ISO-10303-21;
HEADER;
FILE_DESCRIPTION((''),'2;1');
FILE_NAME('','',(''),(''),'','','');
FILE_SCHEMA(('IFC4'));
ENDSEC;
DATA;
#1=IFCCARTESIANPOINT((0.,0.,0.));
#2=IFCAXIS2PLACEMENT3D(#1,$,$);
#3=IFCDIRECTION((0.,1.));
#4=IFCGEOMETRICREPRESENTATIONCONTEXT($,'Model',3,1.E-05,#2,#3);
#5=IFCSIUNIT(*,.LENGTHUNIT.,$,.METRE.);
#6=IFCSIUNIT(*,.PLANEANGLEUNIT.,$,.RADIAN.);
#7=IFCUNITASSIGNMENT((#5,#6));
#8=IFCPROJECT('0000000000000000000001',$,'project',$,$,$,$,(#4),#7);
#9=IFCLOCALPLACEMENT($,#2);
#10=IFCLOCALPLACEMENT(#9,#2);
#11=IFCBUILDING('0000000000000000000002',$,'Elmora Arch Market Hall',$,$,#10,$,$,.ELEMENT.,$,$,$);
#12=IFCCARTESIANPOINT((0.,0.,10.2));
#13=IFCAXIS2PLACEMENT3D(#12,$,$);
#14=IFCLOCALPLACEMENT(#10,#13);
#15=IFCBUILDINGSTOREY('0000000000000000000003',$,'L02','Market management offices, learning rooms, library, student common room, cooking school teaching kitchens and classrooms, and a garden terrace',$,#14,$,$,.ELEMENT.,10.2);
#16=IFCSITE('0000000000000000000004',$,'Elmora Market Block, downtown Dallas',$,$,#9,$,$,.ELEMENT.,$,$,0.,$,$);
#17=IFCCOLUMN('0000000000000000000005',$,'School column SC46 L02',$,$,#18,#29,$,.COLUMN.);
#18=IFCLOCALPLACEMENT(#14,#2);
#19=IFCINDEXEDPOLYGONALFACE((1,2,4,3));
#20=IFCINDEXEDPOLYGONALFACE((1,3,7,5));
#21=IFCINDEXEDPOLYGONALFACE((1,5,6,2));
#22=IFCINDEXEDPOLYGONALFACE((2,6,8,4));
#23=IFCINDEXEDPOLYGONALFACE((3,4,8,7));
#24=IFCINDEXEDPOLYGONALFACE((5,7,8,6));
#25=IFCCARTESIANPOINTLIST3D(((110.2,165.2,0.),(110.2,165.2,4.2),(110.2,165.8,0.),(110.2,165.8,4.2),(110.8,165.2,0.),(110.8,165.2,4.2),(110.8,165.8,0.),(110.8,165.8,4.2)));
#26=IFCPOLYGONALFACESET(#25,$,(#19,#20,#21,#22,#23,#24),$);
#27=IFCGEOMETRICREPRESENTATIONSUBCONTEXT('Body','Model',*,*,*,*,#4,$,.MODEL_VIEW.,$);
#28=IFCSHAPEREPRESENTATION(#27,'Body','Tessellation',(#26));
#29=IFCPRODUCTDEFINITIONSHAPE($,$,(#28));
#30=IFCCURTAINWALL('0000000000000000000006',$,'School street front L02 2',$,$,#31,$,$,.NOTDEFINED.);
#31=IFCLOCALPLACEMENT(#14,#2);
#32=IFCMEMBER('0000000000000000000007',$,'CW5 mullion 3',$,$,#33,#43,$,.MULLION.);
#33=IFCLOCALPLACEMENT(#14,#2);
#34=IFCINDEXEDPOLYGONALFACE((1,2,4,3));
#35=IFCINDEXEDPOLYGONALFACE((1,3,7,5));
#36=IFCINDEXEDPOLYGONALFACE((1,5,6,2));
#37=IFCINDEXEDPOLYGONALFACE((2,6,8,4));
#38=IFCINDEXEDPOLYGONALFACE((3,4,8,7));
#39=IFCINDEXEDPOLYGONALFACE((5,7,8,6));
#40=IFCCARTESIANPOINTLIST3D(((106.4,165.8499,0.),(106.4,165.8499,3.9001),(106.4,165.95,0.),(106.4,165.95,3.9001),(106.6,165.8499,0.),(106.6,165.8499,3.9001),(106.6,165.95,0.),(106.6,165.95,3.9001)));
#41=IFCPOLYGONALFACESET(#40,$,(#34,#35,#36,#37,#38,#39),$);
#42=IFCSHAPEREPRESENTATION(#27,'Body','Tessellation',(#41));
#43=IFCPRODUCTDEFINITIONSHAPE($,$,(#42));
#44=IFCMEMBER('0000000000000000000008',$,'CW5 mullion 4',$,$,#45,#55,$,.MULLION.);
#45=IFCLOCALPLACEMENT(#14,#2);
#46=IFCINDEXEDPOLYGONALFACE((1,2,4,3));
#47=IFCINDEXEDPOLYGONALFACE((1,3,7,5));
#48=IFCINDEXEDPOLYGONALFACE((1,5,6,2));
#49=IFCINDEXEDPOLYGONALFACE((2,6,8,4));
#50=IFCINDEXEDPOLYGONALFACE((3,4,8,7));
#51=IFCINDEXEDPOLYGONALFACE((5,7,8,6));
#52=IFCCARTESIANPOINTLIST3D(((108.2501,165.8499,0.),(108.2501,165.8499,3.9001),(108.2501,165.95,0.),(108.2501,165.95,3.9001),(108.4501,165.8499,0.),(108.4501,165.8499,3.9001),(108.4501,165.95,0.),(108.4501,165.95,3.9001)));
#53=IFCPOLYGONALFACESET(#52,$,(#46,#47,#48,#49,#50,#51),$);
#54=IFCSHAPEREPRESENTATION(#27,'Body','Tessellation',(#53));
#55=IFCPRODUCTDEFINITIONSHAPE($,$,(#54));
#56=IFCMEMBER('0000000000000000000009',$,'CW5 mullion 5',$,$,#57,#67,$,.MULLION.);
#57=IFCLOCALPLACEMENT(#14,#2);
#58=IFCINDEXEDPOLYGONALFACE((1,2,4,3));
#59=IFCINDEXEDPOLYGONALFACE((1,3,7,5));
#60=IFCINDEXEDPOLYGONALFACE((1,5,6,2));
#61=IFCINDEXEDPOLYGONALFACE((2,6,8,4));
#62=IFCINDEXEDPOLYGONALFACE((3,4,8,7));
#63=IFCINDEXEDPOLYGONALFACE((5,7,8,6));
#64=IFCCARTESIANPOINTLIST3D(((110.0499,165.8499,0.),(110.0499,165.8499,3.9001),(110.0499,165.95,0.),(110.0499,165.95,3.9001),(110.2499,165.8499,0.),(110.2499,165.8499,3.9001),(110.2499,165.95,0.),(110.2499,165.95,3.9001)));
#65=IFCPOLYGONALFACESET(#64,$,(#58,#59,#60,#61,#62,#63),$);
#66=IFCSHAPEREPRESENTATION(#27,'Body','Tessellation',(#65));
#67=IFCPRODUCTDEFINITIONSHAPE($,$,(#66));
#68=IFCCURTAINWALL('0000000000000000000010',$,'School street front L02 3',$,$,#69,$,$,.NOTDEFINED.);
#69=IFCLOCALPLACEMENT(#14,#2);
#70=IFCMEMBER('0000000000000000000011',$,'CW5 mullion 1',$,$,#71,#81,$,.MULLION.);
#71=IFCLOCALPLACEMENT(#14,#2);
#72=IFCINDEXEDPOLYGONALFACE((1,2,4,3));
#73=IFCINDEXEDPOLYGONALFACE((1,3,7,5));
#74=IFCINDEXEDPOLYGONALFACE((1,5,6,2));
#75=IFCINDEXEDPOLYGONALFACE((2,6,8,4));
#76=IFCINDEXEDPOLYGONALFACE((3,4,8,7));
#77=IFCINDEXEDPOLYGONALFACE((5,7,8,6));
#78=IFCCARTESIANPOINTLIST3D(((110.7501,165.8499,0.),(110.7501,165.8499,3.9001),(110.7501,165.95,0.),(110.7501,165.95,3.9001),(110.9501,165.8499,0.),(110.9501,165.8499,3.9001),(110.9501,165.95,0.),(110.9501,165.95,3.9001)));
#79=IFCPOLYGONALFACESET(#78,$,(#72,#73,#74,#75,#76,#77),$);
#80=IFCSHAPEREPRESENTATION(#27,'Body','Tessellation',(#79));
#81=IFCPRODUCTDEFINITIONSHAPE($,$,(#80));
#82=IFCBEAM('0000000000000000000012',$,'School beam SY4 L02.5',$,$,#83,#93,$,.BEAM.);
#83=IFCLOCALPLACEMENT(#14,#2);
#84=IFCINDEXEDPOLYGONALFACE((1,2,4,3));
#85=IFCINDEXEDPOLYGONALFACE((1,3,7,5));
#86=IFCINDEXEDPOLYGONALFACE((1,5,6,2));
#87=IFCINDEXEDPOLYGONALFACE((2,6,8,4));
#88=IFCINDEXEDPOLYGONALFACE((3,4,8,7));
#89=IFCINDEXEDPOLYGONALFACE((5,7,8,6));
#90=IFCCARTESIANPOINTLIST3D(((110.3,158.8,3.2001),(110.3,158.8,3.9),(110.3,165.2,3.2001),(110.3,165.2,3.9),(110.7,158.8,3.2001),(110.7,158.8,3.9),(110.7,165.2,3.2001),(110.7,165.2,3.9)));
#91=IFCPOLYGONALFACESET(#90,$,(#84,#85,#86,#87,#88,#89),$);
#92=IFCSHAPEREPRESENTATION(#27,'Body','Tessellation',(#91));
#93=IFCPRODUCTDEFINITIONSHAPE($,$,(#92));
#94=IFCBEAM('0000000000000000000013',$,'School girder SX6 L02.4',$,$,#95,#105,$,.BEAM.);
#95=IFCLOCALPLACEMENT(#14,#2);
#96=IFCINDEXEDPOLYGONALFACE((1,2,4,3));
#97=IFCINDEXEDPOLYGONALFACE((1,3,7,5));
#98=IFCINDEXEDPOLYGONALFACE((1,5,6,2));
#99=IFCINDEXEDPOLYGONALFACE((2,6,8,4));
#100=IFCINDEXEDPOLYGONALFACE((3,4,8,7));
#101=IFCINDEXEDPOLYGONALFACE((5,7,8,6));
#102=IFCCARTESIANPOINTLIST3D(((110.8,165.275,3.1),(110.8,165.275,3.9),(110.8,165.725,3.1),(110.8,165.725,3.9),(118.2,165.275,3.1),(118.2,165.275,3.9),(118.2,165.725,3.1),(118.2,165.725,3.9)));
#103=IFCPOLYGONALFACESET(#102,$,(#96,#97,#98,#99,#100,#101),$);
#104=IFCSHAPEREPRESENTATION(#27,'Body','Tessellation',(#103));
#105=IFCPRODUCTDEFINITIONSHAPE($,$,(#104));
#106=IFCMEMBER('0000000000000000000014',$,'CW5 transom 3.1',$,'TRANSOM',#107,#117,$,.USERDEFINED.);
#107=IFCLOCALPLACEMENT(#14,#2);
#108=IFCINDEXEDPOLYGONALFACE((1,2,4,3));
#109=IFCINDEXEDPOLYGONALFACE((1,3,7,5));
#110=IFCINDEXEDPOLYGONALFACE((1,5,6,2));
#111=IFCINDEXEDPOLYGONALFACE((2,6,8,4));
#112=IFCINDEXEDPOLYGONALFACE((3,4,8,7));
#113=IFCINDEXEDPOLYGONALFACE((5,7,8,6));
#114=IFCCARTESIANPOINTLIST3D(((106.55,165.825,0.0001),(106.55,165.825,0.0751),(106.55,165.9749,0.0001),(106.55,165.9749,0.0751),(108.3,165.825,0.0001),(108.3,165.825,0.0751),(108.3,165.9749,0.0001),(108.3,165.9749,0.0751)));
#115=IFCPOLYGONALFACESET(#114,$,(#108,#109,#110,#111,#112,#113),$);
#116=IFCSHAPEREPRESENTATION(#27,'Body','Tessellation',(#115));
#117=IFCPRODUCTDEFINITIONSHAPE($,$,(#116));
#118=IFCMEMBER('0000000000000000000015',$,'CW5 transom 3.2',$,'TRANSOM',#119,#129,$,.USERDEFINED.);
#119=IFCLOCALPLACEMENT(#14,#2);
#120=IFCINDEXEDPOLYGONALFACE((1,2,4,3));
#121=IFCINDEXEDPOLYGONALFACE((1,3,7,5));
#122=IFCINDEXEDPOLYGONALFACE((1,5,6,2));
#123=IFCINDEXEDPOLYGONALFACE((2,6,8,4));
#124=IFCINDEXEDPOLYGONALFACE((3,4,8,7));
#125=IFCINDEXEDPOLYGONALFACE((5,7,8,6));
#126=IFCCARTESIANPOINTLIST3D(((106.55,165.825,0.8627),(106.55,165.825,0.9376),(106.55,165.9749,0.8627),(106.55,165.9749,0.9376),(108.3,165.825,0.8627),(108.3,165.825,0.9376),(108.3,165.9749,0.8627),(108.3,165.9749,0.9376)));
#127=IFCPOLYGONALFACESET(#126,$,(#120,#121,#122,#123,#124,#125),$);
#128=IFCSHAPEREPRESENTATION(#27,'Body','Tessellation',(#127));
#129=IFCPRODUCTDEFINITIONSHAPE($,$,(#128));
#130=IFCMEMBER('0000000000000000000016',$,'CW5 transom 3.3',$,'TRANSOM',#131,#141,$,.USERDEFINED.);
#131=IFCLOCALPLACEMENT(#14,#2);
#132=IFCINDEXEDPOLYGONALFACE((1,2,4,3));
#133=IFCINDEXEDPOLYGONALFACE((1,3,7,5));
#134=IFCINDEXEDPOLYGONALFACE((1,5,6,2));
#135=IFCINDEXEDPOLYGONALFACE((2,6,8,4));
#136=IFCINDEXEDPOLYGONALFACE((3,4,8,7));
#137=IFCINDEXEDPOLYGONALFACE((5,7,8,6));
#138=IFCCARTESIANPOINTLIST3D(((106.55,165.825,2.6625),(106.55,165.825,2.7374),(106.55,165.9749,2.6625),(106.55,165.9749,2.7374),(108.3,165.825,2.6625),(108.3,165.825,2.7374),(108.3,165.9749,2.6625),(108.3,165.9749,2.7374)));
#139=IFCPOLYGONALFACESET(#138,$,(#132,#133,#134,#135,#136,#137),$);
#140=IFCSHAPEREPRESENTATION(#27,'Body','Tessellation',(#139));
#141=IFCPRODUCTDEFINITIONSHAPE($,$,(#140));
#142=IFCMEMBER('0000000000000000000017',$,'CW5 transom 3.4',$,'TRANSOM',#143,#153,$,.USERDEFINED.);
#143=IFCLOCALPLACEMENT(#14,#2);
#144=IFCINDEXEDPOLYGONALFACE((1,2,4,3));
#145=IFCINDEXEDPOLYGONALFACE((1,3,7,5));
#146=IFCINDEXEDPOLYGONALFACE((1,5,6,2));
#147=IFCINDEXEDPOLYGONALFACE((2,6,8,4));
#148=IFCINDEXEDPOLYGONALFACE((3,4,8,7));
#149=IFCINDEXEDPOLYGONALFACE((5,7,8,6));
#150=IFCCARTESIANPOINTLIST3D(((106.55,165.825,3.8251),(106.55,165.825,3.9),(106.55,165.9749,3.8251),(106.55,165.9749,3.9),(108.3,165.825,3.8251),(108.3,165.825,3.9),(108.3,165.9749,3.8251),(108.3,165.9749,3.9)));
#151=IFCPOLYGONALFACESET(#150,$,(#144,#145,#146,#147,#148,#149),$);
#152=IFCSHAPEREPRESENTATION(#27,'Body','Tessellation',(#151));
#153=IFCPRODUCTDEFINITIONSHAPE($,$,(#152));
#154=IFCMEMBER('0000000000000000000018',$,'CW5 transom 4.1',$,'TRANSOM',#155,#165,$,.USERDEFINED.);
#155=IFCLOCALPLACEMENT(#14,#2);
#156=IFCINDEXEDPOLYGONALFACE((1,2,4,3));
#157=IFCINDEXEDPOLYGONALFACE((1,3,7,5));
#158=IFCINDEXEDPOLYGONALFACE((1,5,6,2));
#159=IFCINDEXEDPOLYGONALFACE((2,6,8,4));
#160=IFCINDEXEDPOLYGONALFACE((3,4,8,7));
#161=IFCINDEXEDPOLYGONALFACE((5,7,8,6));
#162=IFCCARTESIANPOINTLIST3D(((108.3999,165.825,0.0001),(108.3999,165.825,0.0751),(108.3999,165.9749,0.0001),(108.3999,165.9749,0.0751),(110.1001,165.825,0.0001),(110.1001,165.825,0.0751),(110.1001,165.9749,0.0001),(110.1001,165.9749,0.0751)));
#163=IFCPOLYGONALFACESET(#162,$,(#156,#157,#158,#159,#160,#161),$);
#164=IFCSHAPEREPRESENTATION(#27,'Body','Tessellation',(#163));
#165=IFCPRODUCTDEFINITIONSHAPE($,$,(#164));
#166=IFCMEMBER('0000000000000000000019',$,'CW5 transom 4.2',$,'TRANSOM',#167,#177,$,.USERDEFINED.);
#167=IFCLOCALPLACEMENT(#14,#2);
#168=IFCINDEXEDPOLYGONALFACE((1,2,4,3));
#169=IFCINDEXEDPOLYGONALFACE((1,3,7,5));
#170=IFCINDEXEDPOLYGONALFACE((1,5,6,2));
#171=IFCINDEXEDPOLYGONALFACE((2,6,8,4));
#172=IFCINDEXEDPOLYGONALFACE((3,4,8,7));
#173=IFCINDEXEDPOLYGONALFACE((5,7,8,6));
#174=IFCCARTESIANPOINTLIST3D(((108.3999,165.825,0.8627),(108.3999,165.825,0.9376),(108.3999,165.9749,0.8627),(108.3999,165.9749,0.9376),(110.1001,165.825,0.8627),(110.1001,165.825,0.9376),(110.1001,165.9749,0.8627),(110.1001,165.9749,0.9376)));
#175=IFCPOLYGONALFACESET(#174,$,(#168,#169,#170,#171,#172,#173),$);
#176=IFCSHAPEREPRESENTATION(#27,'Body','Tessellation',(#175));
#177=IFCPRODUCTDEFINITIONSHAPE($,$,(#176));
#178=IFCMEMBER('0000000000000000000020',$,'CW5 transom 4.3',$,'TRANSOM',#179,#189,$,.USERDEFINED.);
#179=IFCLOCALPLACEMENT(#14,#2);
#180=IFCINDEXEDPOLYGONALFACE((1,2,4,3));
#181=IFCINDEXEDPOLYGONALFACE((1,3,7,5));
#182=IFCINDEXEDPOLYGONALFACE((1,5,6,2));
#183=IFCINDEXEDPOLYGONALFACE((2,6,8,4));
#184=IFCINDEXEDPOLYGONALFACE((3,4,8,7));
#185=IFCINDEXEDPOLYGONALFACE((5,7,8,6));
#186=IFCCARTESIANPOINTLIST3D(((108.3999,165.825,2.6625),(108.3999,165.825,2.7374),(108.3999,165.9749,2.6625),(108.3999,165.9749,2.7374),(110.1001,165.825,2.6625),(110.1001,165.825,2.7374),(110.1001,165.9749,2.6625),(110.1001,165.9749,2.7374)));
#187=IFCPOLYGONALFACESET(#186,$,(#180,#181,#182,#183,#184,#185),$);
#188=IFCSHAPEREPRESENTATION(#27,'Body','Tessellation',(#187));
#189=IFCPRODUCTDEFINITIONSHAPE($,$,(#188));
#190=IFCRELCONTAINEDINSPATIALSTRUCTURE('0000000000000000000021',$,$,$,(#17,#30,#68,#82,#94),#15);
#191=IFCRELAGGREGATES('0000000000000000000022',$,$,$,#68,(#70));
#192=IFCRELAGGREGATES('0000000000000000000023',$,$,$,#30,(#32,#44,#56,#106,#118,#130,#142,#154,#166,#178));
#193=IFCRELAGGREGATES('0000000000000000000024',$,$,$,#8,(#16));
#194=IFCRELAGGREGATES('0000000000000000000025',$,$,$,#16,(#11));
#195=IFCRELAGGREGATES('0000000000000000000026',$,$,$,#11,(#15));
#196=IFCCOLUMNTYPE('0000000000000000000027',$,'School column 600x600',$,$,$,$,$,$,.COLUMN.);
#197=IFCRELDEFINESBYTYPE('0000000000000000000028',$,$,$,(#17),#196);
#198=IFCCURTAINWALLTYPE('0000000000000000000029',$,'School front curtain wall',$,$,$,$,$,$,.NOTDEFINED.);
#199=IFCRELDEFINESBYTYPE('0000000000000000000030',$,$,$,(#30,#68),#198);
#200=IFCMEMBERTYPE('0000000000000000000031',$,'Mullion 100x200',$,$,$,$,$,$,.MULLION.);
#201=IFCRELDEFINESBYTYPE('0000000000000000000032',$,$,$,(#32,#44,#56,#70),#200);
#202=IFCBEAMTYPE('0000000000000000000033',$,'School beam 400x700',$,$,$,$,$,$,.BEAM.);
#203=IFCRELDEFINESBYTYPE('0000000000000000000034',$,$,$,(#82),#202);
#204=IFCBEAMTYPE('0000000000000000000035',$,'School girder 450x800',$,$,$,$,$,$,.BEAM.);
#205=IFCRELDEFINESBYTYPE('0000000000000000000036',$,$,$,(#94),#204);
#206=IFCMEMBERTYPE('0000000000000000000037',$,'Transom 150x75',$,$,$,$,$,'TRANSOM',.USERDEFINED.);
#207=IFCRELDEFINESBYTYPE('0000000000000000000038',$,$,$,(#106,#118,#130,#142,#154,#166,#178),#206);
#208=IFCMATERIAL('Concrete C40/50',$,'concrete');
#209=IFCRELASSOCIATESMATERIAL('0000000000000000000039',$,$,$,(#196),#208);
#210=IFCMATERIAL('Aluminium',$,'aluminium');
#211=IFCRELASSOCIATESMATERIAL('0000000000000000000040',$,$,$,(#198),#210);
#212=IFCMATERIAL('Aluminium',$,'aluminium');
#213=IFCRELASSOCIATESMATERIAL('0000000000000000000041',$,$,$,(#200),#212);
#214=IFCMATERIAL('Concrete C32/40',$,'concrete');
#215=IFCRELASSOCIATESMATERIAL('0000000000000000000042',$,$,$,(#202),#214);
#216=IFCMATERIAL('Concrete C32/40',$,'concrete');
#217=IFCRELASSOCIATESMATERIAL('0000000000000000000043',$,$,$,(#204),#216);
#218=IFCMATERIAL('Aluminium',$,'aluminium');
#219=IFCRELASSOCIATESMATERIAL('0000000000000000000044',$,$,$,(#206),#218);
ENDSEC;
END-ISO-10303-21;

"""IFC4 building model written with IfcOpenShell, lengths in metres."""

from ifc_helpers import new_model, si_unit, direction, frame, origin, origin_2d, place, context, subcontext, project, spatial, rectangle, extrude, material, material_profile, profile_set, type_object, element, aggregate, save


model = new_model("IFC4")

# Units and contexts
model_context = context("Model", 3, precision=1e-05, world=origin(), true_north=direction((0.0, 1.0)))
body_context = subcontext(model_context, "Body", "Model", "MODEL_VIEW")
ifc_project = project(units=[si_unit("LENGTHUNIT", "METRE"), si_unit("PLANEANGLEUNIT", "RADIAN")], contexts=[model_context])

# Site, building, storey
site_placement = place(None, origin())
site = spatial("IfcSite", under=ifc_project, at=site_placement, Name="Elmora Market Block, downtown Dallas", CompositionType="ELEMENT", RefElevation=0.0)
building_placement = place(site_placement, origin())
building = spatial("IfcBuilding", under=site, at=building_placement, Name="Elmora Arch Market Hall", CompositionType="ELEMENT")
storey_placement = place(building_placement, frame((0.0, 0.0, 10.2)))
storey = spatial("IfcBuildingStorey", under=building, at=storey_placement, Name="L02", Description="Market management offices, learning rooms, library, student common room, cooking school teaching kitchens and classrooms, and a garden terrace", CompositionType="ELEMENT", Elevation=10.2)

# Column
ifc_material_1 = material(Name="Concrete C40/50", Category="concrete")
ifc_material_profile_1 = material_profile(ifc_material_1, rectangle(XDim=0.6001, YDim=0.6001, at=origin_2d()), Name="School column 600x600")
ifc_profile_set_1 = profile_set([ifc_material_profile_1], Name="Concrete C40/50")
column_type = type_object("IfcColumnType", Name="School column 600x600", PredefinedType="COLUMN", material=ifc_profile_set_1)
column_placement = place(storey_placement, frame((110.5, 165.5, 0.0), z_axis=(0.0, 0.0, 1.0), x_axis=(1.0, 0.0, 0.0)))
element("IfcColumn", 1, at=column_placement, inside=storey, type_object=column_type, Name="School column SC46 L02", PredefinedType="COLUMN", context=body_context, shape_type="SweptSolid", body=[
    extrude(rectangle(XDim=0.6001, YDim=0.6001, at=origin_2d()), origin(), (0.0, 0.0, 1.0), 4.2),
])

# Curtain wall, members
ifc_material_2 = material(Name="Aluminium", Category="aluminium")
curtain_wall_type = type_object("IfcCurtainWallType", Name="School front curtain wall", PredefinedType="NOTDEFINED", material=ifc_material_2)
curtain_wall_1_placement = place(storey_placement, origin())
curtain_wall_1 = element("IfcCurtainWall", 2, at=curtain_wall_1_placement, inside=storey, type_object=curtain_wall_type, Name="School street front L02 2", PredefinedType="NOTDEFINED")
ifc_material_3 = material(Name="Aluminium", Category="aluminium")
ifc_material_profile_2 = material_profile(ifc_material_3, rectangle(XDim=0.1001, YDim=0.2, at=origin_2d()), Name="AL 100x200")
ifc_profile_set_2 = profile_set([ifc_material_profile_2], Name="Aluminium")
member_type_1 = type_object("IfcMemberType", Name="Mullion 100x200", PredefinedType="MULLION", material=ifc_profile_set_2)
member_1_placement = place(storey_placement, frame((106.5, 165.8999, 0.0), z_axis=(0.0, 0.0, 1.0), x_axis=(0.0, 1.0, 0.0)))
member_1 = element("IfcMember", 3, at=member_1_placement, type_object=member_type_1, Name="CW5 mullion 3", PredefinedType="MULLION", context=body_context, shape_type="SweptSolid", body=[
    extrude(rectangle(XDim=0.1001, YDim=0.2, at=origin_2d()), origin(), (0.0, 0.0, 1.0), 3.9001),
])
member_2_placement = place(storey_placement, frame((108.3501, 165.8999, 0.0), z_axis=(0.0, 0.0, 1.0), x_axis=(0.0, 1.0, 0.0)))
member_2 = element("IfcMember", 4, at=member_2_placement, type_object=member_type_1, Name="CW5 mullion 4", PredefinedType="MULLION", context=body_context, shape_type="SweptSolid", body=[
    extrude(rectangle(XDim=0.1001, YDim=0.2, at=origin_2d()), origin(), (0.0, 0.0, 1.0), 3.9001),
])
member_3_placement = place(storey_placement, frame((110.1499, 165.8999, 0.0), z_axis=(0.0, 0.0, 1.0), x_axis=(0.0, 1.0, 0.0)))
member_3 = element("IfcMember", 5, at=member_3_placement, type_object=member_type_1, Name="CW5 mullion 5", PredefinedType="MULLION", context=body_context, shape_type="SweptSolid", body=[
    extrude(rectangle(XDim=0.1001, YDim=0.2, at=origin_2d()), origin(), (0.0, 0.0, 1.0), 3.9001),
])

# Curtain wall, member
curtain_wall_2_placement = place(storey_placement, origin())
curtain_wall_2 = element("IfcCurtainWall", 6, at=curtain_wall_2_placement, inside=storey, type_object=curtain_wall_type, Name="School street front L02 3", PredefinedType="NOTDEFINED")
member_4_placement = place(storey_placement, frame((110.8501, 165.8999, 0.0), z_axis=(0.0, 0.0, 1.0), x_axis=(0.0, 1.0, 0.0)))
member_4 = element("IfcMember", 7, at=member_4_placement, type_object=member_type_1, Name="CW5 mullion 1", PredefinedType="MULLION", context=body_context, shape_type="SweptSolid", body=[
    extrude(rectangle(XDim=0.1001, YDim=0.2, at=origin_2d()), origin(), (0.0, 0.0, 1.0), 3.9001),
])

# Beams
ifc_material_4 = material(Name="Concrete C32/40", Category="concrete")
ifc_material_profile_3 = material_profile(ifc_material_4, rectangle(XDim=0.3999, YDim=0.7, at=origin_2d()), Name="School beam 400x700")
ifc_profile_set_3 = profile_set([ifc_material_profile_3], Name="Concrete C32/40")
beam_type_1 = type_object("IfcBeamType", Name="School beam 400x700", PredefinedType="BEAM", material=ifc_profile_set_3)
beam_1_placement = place(storey_placement, frame((110.5, 158.8, 3.55), z_axis=(0.0, 1.0, 0.0), x_axis=(-1.0, 0.0, 0.0)))
element("IfcBeam", 8, at=beam_1_placement, inside=storey, type_object=beam_type_1, Name="School beam SY4 L02.5", PredefinedType="BEAM", context=body_context, shape_type="SweptSolid", body=[
    extrude(rectangle(XDim=0.3999, YDim=0.7, at=origin_2d()), origin(), (0.0, 0.0, 1.0), 6.3999),
])
ifc_material_5 = material(Name="Concrete C32/40", Category="concrete")
ifc_material_profile_4 = material_profile(ifc_material_5, rectangle(XDim=0.45, YDim=0.8, at=origin_2d()), Name="School girder 450x800")
ifc_profile_set_4 = profile_set([ifc_material_profile_4], Name="Concrete C32/40")
beam_type_2 = type_object("IfcBeamType", Name="School girder 450x800", PredefinedType="BEAM", material=ifc_profile_set_4)
beam_2_placement = place(storey_placement, frame((110.8, 165.5, 3.5), z_axis=(1.0, 0.0, 0.0), x_axis=(0.0, 1.0, 0.0)))
element("IfcBeam", 9, at=beam_2_placement, inside=storey, type_object=beam_type_2, Name="School girder SX6 L02.4", PredefinedType="BEAM", context=body_context, shape_type="SweptSolid", body=[
    extrude(rectangle(XDim=0.45, YDim=0.8, at=origin_2d()), origin(), (0.0, 0.0, 1.0), 7.3999),
])

# Members
ifc_material_6 = material(Name="Aluminium", Category="aluminium")
ifc_material_profile_5 = material_profile(ifc_material_6, rectangle(XDim=0.1499, YDim=0.075, at=origin_2d()), Name="AL 150x75")
ifc_profile_set_5 = profile_set([ifc_material_profile_5], Name="Aluminium")
member_type_2 = type_object("IfcMemberType", Name="Transom 150x75", ElementType="TRANSOM", PredefinedType="USERDEFINED", material=ifc_profile_set_5)
member_5_placement = place(storey_placement, frame((106.55, 165.8999, 0.0376), z_axis=(1.0, 0.0, 0.0), x_axis=(0.0, 1.0, 0.0)))
member_5 = element("IfcMember", 10, at=member_5_placement, type_object=member_type_2, Name="CW5 transom 3.1", ObjectType="TRANSOM", PredefinedType="USERDEFINED", context=body_context, shape_type="SweptSolid", body=[
    extrude(rectangle(XDim=0.1499, YDim=0.075, at=origin_2d()), origin(), (0.0, 0.0, 1.0), 1.75),
])
member_6_placement = place(storey_placement, frame((106.55, 165.8999, 0.9001), z_axis=(1.0, 0.0, 0.0), x_axis=(0.0, 1.0, 0.0)))
member_6 = element("IfcMember", 11, at=member_6_placement, type_object=member_type_2, Name="CW5 transom 3.2", ObjectType="TRANSOM", PredefinedType="USERDEFINED", context=body_context, shape_type="SweptSolid", body=[
    extrude(rectangle(XDim=0.1499, YDim=0.075, at=origin_2d()), origin(), (0.0, 0.0, 1.0), 1.75),
])
member_7_placement = place(storey_placement, frame((106.55, 165.8999, 2.7), z_axis=(1.0, 0.0, 0.0), x_axis=(0.0, 1.0, 0.0)))
member_7 = element("IfcMember", 12, at=member_7_placement, type_object=member_type_2, Name="CW5 transom 3.3", ObjectType="TRANSOM", PredefinedType="USERDEFINED", context=body_context, shape_type="SweptSolid", body=[
    extrude(rectangle(XDim=0.1499, YDim=0.075, at=origin_2d()), origin(), (0.0, 0.0, 1.0), 1.75),
])
member_8_placement = place(storey_placement, frame((106.55, 165.8999, 3.8625), z_axis=(1.0, 0.0, 0.0), x_axis=(0.0, 1.0, 0.0)))
member_8 = element("IfcMember", 13, at=member_8_placement, type_object=member_type_2, Name="CW5 transom 3.4", ObjectType="TRANSOM", PredefinedType="USERDEFINED", context=body_context, shape_type="SweptSolid", body=[
    extrude(rectangle(XDim=0.1499, YDim=0.075, at=origin_2d()), origin(), (0.0, 0.0, 1.0), 1.75),
])
member_9_placement = place(storey_placement, frame((108.3999, 165.8999, 0.0376), z_axis=(1.0, 0.0, 0.0), x_axis=(0.0, 1.0, 0.0)))
member_9 = element("IfcMember", 14, at=member_9_placement, type_object=member_type_2, Name="CW5 transom 4.1", ObjectType="TRANSOM", PredefinedType="USERDEFINED", context=body_context, shape_type="SweptSolid", body=[
    extrude(rectangle(XDim=0.1499, YDim=0.075, at=origin_2d()), origin(), (0.0, 0.0, 1.0), 1.7002),
])
member_10_placement = place(storey_placement, frame((108.3999, 165.8999, 0.9001), z_axis=(1.0, 0.0, 0.0), x_axis=(0.0, 1.0, 0.0)))
member_10 = element("IfcMember", 15, at=member_10_placement, type_object=member_type_2, Name="CW5 transom 4.2", ObjectType="TRANSOM", PredefinedType="USERDEFINED", context=body_context, shape_type="SweptSolid", body=[
    extrude(rectangle(XDim=0.1499, YDim=0.075, at=origin_2d()), origin(), (0.0, 0.0, 1.0), 1.7002),
])
member_11_placement = place(storey_placement, frame((108.3999, 165.8999, 2.7), z_axis=(1.0, 0.0, 0.0), x_axis=(0.0, 1.0, 0.0)))
member_11 = element("IfcMember", 16, at=member_11_placement, type_object=member_type_2, Name="CW5 transom 4.3", ObjectType="TRANSOM", PredefinedType="USERDEFINED", context=body_context, shape_type="SweptSolid", body=[
    extrude(rectangle(XDim=0.1499, YDim=0.075, at=origin_2d()), origin(), (0.0, 0.0, 1.0), 1.7002),
])
aggregate(curtain_wall_2, [member_4])

aggregate(curtain_wall_1, [member_1, member_2, member_3, member_5, member_6, member_7, member_8, member_9, member_10, member_11])

save(model, "model.ifc")
